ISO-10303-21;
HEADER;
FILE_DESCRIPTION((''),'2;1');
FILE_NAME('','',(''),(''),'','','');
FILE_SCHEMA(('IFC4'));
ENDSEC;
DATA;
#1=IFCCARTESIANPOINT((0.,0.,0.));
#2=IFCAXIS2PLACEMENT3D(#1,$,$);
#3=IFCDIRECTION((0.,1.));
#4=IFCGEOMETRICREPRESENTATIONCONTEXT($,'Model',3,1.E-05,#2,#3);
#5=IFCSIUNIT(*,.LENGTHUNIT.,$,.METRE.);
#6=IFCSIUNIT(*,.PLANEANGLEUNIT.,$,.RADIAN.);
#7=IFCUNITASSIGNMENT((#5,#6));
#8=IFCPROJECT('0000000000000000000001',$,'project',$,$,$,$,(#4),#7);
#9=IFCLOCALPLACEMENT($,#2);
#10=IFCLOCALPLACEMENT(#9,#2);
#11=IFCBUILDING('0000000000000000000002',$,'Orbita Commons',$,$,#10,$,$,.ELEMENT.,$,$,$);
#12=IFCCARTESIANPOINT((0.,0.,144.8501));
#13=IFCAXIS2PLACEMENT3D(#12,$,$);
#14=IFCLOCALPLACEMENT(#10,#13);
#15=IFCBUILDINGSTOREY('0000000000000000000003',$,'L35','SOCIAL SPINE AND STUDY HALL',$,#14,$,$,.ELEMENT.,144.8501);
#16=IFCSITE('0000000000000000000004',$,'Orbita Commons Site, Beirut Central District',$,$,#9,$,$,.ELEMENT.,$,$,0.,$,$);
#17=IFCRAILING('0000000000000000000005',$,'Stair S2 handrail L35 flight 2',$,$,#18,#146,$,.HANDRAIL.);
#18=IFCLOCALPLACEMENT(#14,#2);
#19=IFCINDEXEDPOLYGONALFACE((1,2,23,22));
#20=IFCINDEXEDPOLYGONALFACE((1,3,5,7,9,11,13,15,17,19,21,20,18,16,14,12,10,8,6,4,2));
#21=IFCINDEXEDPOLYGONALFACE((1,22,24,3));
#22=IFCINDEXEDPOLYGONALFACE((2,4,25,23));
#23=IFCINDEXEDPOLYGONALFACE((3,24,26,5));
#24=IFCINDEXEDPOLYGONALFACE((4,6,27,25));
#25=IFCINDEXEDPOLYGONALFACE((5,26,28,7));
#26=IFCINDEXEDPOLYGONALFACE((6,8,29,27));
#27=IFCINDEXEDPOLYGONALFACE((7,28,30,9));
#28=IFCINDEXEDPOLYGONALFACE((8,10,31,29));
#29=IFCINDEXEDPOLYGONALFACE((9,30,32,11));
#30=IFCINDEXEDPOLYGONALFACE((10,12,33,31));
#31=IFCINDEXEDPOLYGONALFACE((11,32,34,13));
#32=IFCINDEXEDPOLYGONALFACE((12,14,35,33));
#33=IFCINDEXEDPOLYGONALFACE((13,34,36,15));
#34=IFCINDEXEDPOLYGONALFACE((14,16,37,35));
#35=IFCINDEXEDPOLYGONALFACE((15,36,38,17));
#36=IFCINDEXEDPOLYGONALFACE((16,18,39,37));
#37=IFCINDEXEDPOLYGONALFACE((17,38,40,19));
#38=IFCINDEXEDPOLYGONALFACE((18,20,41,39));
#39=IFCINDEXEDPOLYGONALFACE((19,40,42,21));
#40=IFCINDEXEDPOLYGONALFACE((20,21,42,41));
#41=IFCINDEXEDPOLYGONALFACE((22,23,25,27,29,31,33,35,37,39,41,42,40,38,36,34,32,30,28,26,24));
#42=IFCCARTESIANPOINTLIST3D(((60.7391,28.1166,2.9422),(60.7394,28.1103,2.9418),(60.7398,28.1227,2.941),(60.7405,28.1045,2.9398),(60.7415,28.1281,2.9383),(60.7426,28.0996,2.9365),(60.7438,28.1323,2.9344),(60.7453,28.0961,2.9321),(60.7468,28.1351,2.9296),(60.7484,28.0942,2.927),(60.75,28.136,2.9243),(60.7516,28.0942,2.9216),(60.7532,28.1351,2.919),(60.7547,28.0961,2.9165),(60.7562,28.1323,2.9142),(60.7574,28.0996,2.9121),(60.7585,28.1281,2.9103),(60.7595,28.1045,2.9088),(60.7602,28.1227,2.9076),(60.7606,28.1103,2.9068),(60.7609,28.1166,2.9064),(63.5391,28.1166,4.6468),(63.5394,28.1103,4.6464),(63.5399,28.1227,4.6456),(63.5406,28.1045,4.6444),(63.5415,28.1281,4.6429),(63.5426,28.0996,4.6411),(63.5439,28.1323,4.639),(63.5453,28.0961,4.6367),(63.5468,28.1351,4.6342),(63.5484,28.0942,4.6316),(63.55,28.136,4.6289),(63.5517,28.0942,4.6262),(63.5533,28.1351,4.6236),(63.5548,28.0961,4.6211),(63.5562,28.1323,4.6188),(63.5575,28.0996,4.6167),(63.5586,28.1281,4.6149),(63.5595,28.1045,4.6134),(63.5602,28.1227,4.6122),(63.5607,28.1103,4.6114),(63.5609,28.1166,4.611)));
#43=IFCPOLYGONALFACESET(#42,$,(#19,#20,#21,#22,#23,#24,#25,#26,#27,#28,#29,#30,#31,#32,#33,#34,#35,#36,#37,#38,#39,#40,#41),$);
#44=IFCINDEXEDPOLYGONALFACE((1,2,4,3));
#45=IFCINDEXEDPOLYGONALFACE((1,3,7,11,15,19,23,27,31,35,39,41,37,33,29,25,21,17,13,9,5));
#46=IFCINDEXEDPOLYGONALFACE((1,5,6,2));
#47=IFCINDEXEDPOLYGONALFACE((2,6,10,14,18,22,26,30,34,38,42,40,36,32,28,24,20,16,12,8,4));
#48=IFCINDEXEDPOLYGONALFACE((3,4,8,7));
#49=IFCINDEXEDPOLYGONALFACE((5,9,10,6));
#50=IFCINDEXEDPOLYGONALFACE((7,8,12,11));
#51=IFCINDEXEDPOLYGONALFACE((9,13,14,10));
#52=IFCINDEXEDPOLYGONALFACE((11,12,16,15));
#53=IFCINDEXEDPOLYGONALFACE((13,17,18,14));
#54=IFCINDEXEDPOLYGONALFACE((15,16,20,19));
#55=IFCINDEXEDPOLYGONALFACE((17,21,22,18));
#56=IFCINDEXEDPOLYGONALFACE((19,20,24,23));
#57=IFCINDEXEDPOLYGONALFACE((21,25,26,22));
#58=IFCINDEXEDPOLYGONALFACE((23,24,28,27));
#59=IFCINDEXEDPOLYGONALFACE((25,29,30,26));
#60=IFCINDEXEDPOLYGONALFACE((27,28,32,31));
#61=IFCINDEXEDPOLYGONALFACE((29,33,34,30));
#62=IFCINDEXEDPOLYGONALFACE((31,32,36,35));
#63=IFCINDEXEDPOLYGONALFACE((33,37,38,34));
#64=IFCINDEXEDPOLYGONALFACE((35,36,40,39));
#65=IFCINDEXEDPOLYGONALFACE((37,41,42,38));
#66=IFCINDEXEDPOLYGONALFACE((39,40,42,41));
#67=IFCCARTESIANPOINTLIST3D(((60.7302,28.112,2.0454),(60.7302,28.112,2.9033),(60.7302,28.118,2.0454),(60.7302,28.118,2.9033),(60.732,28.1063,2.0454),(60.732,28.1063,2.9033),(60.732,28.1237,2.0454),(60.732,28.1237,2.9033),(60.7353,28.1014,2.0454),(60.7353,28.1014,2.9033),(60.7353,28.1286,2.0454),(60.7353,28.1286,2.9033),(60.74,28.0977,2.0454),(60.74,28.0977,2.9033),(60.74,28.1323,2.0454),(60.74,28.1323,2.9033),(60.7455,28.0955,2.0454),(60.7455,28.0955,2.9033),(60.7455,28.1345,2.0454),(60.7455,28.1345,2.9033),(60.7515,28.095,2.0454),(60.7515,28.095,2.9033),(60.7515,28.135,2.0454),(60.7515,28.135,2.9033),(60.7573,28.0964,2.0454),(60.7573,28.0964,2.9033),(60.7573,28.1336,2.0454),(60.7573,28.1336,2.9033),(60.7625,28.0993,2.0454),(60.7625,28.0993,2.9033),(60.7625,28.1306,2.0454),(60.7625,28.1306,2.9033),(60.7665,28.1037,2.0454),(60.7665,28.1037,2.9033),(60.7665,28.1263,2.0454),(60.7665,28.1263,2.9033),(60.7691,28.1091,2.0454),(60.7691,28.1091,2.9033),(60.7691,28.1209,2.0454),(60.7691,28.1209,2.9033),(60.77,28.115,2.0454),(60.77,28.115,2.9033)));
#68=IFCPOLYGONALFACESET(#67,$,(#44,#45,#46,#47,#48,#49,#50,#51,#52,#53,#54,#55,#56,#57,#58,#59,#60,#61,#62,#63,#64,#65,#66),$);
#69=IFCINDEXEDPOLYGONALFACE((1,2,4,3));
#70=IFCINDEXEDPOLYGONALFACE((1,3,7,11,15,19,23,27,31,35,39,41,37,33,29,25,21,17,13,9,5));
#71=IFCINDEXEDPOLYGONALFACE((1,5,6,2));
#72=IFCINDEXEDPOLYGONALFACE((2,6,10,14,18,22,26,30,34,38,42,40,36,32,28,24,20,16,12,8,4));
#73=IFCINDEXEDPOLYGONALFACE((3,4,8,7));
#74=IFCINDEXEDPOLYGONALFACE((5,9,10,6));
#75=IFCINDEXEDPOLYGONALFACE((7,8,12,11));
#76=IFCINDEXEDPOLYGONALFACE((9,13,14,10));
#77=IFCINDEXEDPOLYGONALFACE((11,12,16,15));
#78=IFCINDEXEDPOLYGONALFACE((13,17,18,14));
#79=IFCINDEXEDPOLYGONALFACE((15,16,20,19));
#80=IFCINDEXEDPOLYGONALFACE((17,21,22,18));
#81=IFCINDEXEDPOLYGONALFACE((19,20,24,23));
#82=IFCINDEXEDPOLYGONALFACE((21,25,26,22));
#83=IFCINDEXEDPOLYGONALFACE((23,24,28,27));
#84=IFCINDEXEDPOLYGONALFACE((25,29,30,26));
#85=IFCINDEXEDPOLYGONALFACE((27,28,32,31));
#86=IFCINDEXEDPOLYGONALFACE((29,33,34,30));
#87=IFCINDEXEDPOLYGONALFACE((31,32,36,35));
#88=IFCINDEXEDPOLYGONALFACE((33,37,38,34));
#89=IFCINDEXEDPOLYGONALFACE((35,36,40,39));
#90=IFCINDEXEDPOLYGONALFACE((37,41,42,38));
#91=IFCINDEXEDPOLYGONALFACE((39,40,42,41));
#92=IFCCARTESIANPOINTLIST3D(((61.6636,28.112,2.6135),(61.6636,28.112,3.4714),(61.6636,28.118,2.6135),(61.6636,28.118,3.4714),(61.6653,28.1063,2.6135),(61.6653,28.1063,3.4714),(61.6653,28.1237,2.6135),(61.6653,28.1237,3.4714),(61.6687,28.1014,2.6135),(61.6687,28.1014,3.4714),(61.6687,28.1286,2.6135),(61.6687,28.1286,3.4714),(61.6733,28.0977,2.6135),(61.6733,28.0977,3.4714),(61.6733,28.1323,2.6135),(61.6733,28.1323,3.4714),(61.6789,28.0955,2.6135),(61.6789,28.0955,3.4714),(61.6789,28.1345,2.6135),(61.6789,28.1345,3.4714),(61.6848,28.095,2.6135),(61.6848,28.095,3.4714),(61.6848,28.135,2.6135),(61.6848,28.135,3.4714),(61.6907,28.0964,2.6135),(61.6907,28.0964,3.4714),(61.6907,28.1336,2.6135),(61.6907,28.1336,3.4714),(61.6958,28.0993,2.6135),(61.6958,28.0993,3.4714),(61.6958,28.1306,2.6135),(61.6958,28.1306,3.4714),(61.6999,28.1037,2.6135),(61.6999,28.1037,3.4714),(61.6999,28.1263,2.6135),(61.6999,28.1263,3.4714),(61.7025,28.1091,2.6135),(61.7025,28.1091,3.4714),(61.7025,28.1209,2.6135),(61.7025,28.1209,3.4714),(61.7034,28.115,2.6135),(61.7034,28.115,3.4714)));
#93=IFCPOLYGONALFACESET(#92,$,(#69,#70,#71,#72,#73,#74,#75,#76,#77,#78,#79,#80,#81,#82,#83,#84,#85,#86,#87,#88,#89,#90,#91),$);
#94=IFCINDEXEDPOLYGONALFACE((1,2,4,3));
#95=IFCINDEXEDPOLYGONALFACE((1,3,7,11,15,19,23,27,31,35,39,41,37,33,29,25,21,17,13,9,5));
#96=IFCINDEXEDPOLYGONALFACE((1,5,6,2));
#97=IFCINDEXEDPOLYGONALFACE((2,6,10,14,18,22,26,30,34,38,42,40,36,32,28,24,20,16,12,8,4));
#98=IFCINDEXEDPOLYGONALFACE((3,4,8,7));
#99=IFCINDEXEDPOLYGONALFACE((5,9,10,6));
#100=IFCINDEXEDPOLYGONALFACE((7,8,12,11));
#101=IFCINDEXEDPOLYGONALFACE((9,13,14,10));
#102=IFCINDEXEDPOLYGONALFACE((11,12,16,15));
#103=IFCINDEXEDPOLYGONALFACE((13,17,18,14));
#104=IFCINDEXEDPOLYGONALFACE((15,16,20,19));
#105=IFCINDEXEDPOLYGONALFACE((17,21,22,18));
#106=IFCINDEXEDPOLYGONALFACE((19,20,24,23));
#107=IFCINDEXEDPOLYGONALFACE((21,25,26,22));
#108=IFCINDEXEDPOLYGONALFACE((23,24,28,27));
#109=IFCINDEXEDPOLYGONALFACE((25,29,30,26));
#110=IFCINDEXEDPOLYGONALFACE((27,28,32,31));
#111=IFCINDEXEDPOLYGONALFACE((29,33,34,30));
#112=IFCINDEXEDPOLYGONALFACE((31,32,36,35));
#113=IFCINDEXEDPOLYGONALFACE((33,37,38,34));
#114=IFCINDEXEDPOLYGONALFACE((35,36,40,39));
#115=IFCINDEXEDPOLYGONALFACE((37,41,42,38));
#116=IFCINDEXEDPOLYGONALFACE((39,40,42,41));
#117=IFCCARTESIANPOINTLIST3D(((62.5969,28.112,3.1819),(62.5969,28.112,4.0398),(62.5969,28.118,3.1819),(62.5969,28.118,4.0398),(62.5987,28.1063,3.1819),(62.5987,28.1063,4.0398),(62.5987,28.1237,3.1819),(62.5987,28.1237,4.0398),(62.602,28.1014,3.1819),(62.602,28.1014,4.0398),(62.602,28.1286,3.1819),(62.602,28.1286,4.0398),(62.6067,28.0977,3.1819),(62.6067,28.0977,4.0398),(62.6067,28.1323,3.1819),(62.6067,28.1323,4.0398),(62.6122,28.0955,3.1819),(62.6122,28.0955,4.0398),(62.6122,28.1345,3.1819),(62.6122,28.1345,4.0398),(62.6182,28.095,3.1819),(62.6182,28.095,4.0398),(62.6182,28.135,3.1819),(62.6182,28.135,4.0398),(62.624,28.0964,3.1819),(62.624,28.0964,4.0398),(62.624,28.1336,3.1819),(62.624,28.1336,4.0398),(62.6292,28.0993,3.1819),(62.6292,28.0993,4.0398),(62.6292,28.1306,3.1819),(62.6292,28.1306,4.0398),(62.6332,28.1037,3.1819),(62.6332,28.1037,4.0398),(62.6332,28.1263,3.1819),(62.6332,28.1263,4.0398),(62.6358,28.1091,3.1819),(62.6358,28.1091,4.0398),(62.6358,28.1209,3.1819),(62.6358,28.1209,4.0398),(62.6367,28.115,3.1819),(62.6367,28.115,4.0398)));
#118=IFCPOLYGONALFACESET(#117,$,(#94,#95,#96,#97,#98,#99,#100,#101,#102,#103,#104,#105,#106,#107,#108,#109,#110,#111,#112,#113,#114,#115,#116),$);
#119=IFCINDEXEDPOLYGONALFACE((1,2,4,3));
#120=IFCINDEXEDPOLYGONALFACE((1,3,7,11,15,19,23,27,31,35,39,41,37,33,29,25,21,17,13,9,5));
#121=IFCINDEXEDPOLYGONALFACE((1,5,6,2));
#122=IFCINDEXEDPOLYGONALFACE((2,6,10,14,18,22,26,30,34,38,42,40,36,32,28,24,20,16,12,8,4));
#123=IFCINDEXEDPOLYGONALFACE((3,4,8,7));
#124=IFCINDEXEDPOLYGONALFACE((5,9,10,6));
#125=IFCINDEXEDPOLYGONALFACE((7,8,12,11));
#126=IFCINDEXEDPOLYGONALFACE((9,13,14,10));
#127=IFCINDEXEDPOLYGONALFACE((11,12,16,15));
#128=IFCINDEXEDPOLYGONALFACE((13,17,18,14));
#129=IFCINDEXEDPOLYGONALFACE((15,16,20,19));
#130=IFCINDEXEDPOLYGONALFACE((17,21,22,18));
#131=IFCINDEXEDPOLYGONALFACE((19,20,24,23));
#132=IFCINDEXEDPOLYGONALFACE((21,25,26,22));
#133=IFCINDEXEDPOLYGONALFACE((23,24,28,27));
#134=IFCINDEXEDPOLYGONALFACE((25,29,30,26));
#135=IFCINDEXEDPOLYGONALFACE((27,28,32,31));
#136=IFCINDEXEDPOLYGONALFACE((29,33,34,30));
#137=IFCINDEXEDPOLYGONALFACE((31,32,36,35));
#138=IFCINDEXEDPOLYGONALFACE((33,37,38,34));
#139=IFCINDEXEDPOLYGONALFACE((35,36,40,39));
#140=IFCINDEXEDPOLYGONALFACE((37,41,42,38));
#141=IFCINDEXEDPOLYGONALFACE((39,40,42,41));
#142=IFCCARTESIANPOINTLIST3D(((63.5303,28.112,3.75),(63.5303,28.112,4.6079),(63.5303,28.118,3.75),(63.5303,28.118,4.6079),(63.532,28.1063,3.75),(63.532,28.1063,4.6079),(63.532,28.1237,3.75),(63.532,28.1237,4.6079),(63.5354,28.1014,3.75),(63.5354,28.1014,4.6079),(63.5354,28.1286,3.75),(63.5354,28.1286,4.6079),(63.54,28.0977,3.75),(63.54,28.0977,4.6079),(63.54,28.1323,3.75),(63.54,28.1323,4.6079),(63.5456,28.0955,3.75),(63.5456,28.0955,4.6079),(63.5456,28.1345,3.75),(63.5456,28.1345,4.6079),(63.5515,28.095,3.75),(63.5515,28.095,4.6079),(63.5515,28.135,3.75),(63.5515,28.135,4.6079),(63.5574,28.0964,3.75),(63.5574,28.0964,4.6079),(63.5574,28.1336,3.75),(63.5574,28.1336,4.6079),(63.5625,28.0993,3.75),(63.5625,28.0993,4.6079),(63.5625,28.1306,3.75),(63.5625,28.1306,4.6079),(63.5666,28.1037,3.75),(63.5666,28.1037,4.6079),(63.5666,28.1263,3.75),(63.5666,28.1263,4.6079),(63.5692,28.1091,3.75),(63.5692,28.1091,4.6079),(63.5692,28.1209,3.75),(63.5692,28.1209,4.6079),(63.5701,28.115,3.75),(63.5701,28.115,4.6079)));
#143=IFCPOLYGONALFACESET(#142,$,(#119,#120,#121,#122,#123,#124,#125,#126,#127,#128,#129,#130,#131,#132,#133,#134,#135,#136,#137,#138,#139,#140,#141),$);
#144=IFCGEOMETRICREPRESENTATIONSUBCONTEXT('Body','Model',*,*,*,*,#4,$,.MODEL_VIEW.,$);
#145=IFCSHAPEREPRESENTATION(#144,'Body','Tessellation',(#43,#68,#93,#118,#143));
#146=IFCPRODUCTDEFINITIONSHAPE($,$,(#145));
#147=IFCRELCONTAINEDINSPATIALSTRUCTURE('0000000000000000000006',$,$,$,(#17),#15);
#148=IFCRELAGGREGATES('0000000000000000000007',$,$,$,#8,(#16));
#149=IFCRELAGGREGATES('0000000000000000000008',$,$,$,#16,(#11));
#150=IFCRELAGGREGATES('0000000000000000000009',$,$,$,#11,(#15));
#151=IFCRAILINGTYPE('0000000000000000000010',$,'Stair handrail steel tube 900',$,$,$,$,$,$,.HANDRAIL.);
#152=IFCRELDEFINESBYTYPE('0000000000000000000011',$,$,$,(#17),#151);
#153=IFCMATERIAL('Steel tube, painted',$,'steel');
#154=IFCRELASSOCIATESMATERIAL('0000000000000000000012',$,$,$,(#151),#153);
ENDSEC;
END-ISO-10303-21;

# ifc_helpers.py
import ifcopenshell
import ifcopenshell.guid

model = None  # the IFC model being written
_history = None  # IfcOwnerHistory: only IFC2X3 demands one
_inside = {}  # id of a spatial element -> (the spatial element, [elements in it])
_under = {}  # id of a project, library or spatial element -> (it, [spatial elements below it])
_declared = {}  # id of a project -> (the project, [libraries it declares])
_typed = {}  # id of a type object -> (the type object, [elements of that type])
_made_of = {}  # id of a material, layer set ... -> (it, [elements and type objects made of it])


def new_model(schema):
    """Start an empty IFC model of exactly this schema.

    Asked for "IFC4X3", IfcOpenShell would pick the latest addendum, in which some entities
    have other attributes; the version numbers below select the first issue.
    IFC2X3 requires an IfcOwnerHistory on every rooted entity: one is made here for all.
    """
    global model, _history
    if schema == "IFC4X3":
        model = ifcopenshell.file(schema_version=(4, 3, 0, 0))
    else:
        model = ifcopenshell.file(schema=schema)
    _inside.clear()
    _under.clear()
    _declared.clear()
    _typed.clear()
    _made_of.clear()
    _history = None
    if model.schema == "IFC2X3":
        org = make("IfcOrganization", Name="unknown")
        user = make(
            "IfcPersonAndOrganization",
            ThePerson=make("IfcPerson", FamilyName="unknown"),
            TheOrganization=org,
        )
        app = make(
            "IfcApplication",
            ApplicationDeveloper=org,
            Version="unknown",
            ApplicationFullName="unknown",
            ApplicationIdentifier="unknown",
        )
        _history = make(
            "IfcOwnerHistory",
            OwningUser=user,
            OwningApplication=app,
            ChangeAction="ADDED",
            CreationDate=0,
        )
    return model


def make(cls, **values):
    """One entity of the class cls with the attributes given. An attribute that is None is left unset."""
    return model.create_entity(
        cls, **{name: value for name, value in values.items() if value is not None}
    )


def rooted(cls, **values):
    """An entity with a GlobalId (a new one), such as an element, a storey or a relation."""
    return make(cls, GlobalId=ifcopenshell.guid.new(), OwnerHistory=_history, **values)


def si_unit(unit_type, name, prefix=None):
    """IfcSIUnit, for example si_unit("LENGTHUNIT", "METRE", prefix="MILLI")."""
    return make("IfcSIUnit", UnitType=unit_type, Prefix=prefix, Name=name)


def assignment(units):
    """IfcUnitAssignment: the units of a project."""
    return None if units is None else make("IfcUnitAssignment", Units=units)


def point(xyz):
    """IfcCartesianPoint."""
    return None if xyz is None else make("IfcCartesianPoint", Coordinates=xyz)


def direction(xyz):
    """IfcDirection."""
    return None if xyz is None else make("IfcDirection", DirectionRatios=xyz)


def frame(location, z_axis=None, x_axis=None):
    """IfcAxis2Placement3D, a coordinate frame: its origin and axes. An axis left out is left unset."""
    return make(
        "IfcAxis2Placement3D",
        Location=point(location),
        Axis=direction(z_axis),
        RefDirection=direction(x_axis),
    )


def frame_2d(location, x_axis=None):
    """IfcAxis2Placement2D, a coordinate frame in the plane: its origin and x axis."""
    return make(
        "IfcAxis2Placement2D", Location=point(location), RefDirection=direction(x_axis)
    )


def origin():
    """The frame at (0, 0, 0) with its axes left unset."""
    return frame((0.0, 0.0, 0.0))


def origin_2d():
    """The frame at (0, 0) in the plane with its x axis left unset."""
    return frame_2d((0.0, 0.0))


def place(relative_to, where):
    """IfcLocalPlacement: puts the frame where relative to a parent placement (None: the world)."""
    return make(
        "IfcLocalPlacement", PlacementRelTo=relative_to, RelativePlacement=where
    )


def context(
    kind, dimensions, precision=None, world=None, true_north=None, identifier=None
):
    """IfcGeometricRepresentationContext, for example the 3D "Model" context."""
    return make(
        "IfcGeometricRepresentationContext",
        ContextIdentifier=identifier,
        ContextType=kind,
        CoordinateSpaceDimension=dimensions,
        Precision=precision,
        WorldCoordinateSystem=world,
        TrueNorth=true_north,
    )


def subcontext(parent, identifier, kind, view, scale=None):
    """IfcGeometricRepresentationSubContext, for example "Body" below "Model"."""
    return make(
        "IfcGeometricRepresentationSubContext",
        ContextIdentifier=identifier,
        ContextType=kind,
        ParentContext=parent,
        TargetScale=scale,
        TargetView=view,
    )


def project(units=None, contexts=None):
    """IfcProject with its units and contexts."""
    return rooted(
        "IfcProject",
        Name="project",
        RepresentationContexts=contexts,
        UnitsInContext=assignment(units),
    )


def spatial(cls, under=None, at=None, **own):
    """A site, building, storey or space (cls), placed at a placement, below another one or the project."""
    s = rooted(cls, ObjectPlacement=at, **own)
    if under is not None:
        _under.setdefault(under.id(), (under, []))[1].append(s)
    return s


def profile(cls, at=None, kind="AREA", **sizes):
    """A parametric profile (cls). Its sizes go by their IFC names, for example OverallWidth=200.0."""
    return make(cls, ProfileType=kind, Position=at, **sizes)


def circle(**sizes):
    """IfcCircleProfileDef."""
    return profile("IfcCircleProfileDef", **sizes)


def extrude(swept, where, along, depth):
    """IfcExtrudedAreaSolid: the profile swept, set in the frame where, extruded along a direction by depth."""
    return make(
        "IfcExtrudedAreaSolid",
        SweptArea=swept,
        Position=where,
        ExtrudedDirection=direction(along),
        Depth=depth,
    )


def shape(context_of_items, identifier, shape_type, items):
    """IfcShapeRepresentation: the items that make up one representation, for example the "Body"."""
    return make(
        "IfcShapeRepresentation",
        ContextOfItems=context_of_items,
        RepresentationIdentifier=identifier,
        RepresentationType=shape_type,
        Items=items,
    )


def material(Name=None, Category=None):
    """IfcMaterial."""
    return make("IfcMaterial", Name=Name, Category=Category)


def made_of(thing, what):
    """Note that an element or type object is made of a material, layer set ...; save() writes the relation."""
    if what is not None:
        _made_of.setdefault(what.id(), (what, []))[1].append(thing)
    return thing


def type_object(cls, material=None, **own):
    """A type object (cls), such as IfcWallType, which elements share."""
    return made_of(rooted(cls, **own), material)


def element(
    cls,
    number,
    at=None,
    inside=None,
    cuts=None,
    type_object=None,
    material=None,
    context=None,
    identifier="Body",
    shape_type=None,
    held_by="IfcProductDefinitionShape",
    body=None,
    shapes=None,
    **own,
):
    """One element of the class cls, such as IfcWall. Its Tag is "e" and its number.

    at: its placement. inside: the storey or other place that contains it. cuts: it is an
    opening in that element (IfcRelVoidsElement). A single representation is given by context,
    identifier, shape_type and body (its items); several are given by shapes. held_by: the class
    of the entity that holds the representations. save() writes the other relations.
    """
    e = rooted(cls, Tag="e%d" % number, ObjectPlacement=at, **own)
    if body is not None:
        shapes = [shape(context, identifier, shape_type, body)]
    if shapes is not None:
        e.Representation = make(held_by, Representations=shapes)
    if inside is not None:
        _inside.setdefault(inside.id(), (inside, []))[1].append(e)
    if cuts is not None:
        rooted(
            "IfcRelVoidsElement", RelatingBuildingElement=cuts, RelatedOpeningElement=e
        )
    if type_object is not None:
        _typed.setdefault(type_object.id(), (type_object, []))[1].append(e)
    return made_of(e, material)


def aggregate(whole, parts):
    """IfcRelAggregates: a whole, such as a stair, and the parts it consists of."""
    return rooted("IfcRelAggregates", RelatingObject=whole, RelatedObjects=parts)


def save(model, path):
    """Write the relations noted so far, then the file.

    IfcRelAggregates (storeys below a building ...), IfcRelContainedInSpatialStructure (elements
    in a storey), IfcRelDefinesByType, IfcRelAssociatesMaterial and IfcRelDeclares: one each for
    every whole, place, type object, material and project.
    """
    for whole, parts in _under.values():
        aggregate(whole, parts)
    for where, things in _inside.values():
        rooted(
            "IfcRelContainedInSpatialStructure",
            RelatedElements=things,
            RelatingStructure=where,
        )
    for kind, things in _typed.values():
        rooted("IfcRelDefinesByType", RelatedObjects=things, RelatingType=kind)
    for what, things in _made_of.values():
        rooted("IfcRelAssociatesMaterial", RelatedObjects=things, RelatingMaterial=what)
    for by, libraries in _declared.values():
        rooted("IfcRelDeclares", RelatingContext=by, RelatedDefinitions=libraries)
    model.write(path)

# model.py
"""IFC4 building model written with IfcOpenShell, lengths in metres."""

from ifc_helpers import new_model, si_unit, direction, frame, origin, origin_2d, place, context, subcontext, project, spatial, circle, extrude, material, type_object, element, save


model = new_model("IFC4")

# Units and contexts
model_context = context("Model", 3, precision=1e-05, world=origin(), true_north=direction((0.0, 1.0)))
body_context = subcontext(model_context, "Body", "Model", "MODEL_VIEW")
ifc_project = project(units=[si_unit("LENGTHUNIT", "METRE"), si_unit("PLANEANGLEUNIT", "RADIAN")], contexts=[model_context])

# Site, building, storey
site_placement = place(None, origin())
site = spatial("IfcSite", under=ifc_project, at=site_placement, Name="Orbita Commons Site, Beirut Central District", CompositionType="ELEMENT", RefElevation=0.0)
building_placement = place(site_placement, origin())
building = spatial("IfcBuilding", under=site, at=building_placement, Name="Orbita Commons", CompositionType="ELEMENT")
storey_placement = place(building_placement, frame((0.0, 0.0, 144.8501)))
storey = spatial("IfcBuildingStorey", under=building, at=storey_placement, Name="L35", Description="SOCIAL SPINE AND STUDY HALL", CompositionType="ELEMENT", Elevation=144.8501)

# Railing
ifc_material_1 = material(Name="Steel tube, painted", Category="steel")
railing_type = type_object("IfcRailingType", Name="Stair handrail steel tube 900", PredefinedType="HANDRAIL", material=ifc_material_1)
for number, where, name in (
    (1, (60.75, 28.115, 2.0454), "Stair S2 handrail L35 flight 2"),
):
    element("IfcRailing", number, at=place(storey_placement, frame(where)), inside=storey, type_object=railing_type, Name=name, PredefinedType="HANDRAIL", context=body_context, shape_type="SweptSolid", body=[
        extrude(circle(Radius=0.021, at=origin_2d()), frame((0.0, 0.0, 0.8789), z_axis=(0.85417, 0.0, 0.519994), x_axis=(0.0, 1.0, 0.0)), (0.0, 0.0, 1.0), 3.2781),
        extrude(circle(Radius=0.02, at=origin_2d()), origin(), (0.0, 0.0, 1.0), 0.8579),
        extrude(circle(Radius=0.02, at=origin_2d()), frame((0.9333, 0.0, 0.5681)), (0.0, 0.0, 1.0), 0.8579),
        extrude(circle(Radius=0.02, at=origin_2d()), frame((1.8667, 0.0, 1.1365)), (0.0, 0.0, 1.0), 0.8579),
        extrude(circle(Radius=0.02, at=origin_2d()), frame((2.8, 0.0, 1.7046)), (0.0, 0.0, 1.0), 0.8579),
    ])

save(model, "model.ifc")
